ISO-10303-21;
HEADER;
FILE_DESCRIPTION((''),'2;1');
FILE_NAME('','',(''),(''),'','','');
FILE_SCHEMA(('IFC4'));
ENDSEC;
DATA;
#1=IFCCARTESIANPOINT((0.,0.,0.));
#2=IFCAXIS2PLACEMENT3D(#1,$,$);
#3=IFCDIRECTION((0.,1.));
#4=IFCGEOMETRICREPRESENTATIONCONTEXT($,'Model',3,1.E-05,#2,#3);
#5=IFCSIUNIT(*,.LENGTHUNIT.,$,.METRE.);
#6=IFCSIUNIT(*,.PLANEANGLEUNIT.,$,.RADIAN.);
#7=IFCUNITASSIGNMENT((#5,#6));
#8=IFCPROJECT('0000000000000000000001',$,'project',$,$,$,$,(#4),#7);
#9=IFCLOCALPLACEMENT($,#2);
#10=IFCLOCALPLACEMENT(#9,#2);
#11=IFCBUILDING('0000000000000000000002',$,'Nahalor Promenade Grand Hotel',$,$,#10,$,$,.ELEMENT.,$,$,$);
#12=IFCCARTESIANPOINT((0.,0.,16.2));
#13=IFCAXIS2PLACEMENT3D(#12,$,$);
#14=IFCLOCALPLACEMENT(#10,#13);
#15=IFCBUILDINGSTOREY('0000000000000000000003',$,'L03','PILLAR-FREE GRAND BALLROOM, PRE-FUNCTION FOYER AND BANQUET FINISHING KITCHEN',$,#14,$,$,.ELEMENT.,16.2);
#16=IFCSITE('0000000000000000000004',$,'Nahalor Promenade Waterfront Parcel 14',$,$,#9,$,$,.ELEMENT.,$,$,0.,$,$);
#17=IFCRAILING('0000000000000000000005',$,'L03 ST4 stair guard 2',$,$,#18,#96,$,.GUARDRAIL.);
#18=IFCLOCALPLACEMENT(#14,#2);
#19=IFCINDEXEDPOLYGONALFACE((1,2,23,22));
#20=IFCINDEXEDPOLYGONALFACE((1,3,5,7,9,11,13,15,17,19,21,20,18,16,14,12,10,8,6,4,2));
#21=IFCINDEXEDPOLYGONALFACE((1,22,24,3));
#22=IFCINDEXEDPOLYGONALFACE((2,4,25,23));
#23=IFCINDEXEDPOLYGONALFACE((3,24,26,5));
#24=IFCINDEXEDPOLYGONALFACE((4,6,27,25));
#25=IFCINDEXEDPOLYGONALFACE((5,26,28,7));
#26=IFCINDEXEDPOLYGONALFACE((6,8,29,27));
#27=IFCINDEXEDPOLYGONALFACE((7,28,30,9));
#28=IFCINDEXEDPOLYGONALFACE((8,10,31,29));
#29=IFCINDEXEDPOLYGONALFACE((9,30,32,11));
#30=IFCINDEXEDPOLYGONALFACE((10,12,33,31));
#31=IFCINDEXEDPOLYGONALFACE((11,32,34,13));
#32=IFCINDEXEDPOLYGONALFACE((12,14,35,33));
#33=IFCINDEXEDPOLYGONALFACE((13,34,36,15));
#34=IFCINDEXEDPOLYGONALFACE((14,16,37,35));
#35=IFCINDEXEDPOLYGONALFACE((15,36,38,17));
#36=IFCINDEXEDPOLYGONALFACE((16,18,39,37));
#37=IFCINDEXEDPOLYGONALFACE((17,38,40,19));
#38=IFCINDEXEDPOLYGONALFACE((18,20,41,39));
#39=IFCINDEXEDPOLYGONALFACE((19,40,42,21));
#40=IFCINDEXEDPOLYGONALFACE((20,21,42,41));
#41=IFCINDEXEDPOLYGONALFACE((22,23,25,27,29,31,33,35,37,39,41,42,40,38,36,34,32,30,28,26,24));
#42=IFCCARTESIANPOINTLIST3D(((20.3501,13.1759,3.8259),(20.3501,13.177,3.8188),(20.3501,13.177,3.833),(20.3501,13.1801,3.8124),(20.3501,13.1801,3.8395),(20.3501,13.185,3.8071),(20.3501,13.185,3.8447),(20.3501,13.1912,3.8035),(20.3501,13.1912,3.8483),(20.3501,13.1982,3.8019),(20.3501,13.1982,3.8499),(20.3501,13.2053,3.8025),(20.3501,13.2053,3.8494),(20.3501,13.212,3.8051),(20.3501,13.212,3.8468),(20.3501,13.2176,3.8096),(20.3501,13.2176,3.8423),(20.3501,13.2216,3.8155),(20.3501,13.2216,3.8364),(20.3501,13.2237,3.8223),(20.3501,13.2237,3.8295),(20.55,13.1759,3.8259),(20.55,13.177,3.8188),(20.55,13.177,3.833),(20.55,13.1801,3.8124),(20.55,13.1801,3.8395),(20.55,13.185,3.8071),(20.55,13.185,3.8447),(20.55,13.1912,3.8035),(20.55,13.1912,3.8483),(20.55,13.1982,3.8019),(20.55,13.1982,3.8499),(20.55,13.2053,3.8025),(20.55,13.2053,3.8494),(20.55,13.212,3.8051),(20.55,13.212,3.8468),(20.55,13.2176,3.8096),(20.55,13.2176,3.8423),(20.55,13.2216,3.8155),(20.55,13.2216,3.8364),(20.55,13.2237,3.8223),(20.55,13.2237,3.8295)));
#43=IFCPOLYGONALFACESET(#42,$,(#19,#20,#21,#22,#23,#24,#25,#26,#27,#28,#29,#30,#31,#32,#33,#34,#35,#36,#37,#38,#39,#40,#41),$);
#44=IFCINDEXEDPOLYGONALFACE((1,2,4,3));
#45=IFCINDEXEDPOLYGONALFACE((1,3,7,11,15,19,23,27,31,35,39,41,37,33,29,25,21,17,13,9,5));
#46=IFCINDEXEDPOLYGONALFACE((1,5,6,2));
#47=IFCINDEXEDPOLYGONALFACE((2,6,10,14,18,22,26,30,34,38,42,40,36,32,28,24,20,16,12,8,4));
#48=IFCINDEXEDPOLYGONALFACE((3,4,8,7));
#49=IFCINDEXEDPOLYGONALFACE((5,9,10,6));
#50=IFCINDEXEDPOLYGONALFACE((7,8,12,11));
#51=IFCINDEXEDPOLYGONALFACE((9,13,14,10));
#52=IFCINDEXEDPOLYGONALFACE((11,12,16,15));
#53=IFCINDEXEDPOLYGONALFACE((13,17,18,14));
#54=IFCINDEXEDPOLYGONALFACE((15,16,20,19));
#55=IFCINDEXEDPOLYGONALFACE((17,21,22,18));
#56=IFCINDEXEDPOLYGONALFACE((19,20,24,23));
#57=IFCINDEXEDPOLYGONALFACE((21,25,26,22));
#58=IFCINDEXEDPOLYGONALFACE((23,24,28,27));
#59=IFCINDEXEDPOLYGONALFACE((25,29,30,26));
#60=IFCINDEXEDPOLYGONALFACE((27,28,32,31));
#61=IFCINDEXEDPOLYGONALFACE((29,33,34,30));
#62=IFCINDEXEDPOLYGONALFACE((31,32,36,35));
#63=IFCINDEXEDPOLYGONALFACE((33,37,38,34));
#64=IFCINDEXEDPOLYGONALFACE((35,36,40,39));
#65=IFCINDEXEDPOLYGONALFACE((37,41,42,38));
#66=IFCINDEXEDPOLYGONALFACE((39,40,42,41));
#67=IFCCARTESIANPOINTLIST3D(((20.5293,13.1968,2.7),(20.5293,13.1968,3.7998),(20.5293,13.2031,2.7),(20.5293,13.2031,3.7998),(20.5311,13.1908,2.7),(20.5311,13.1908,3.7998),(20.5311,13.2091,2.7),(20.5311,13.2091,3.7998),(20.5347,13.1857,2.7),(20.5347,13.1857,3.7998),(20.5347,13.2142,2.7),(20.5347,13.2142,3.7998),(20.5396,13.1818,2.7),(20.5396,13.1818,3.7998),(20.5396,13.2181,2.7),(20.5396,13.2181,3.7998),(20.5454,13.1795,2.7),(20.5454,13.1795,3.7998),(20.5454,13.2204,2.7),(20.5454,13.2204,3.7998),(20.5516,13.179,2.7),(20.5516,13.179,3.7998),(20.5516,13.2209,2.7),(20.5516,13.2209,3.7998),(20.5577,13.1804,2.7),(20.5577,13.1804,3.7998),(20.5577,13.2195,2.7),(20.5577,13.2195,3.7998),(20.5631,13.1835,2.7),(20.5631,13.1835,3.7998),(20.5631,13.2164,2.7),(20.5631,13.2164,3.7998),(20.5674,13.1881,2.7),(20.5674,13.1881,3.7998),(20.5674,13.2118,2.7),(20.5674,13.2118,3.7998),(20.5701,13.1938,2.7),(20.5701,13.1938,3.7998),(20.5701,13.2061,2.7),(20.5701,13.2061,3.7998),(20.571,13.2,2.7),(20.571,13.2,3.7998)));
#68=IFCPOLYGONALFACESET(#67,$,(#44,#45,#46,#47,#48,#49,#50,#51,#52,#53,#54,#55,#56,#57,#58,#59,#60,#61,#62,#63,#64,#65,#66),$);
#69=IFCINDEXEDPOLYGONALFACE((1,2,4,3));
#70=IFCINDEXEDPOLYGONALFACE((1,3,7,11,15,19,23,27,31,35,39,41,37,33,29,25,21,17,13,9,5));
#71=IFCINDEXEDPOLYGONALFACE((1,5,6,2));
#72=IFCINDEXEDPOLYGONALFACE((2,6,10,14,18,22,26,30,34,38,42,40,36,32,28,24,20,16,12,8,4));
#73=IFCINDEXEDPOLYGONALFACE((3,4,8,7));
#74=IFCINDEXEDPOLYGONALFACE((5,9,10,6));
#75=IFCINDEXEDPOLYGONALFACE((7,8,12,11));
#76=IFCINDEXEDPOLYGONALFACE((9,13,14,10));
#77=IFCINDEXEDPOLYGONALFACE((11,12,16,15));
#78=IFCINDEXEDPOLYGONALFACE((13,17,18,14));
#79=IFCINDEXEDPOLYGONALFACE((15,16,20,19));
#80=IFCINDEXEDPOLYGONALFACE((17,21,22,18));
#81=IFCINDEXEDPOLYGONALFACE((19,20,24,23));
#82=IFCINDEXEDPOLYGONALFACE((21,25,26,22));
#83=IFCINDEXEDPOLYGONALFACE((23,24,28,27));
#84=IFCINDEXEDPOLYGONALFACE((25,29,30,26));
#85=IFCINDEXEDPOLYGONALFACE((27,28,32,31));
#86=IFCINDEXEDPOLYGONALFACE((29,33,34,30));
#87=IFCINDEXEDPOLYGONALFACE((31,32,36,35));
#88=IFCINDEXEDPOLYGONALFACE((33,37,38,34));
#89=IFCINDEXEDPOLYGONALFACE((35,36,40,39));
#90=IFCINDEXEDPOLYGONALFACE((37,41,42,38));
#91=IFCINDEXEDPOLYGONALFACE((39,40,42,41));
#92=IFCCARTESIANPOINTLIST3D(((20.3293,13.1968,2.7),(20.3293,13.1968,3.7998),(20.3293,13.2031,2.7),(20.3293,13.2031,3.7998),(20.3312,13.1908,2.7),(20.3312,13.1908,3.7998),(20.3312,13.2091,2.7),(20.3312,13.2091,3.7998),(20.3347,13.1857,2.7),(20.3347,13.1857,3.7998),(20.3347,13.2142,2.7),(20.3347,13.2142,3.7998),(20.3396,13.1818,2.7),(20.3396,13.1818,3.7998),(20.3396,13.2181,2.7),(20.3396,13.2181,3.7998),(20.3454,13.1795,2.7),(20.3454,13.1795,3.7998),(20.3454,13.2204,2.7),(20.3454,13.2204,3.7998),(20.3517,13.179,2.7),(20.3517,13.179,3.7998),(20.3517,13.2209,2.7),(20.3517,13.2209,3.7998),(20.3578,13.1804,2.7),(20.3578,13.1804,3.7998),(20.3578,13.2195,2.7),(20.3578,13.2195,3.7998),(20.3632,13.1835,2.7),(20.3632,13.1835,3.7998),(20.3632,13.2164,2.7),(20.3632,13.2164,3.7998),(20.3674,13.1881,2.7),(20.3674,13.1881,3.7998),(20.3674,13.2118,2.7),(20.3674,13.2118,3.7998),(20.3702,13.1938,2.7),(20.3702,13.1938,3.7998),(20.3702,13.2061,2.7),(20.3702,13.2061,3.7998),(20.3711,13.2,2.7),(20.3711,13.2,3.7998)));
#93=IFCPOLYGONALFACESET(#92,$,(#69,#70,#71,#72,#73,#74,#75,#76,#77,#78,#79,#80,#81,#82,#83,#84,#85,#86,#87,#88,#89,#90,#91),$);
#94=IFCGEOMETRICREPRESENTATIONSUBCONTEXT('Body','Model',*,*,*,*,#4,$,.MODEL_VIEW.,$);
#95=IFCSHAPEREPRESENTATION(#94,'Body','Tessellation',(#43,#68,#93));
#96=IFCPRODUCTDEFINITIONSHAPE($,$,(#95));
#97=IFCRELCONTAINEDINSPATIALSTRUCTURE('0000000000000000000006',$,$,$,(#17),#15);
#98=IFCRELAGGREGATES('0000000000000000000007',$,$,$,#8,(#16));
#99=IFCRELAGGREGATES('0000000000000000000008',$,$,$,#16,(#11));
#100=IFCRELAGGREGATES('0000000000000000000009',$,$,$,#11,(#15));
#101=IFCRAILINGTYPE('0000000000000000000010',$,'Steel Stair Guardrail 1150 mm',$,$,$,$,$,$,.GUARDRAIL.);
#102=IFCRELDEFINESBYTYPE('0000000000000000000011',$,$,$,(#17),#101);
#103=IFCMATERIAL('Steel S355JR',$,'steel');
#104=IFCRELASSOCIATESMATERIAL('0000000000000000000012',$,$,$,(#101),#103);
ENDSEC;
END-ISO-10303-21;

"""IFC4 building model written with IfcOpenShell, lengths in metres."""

from ifc_helpers import new_model, si_unit, direction, frame, origin, origin_2d, place, context, subcontext, project, spatial, circle, extrude, material, type_object, element, save


model = new_model("IFC4")

# Units and contexts
model_context = context("Model", 3, precision=1e-05, world=origin(), true_north=direction((0.0, 1.0)))
body_context = subcontext(model_context, "Body", "Model", "MODEL_VIEW")
ifc_project = project(units=[si_unit("LENGTHUNIT", "METRE"), si_unit("PLANEANGLEUNIT", "RADIAN")], contexts=[model_context])

# Site, building, storey
site_placement = place(None, origin())
site = spatial("IfcSite", under=ifc_project, at=site_placement, Name="Nahalor Promenade Waterfront Parcel 14", CompositionType="ELEMENT", RefElevation=0.0)
building_placement = place(site_placement, origin())
building = spatial("IfcBuilding", under=site, at=building_placement, Name="Nahalor Promenade Grand Hotel", CompositionType="ELEMENT")
storey_placement = place(building_placement, frame((0.0, 0.0, 16.2)))
storey = spatial("IfcBuildingStorey", under=building, at=storey_placement, Name="L03", Description="PILLAR-FREE GRAND BALLROOM, PRE-FUNCTION FOYER AND BANQUET FINISHING KITCHEN", CompositionType="ELEMENT", Elevation=16.2)

# Shared definitions
ifc_material_1 = material(Name="Steel S355JR", Category="steel")

# Railing
railing_type_1 = type_object("IfcRailingType", Name="Steel Stair Guardrail 1150 mm", PredefinedType="GUARDRAIL", material=ifc_material_1)
railing_1_placement = place(storey_placement, frame((20.55, 13.2, 2.7)))
element("IfcRailing", 1, at=railing_1_placement, inside=storey, type_object=railing_type_1, Name="L03 ST4 stair guard 2", PredefinedType="GUARDRAIL", context=body_context, shape_type="SweptSolid", body=[
    extrude(circle(Radius=0.024, at=origin_2d()), frame((0.0, 0.0, 1.126), z_axis=(-1.0, 0.0, 0.0), x_axis=(0.0, -1.0, 0.0)), (0.0, 0.0, 1.0), 0.2),
    extrude(circle(Radius=0.021, at=origin_2d()), origin(), (0.0, 0.0, 1.0), 1.0999),
    extrude(circle(Radius=0.021, at=origin_2d()), frame((-0.2, 0.0, 0.0)), (0.0, 0.0, 1.0), 1.0999),
])

save(model, "model.ifc")
